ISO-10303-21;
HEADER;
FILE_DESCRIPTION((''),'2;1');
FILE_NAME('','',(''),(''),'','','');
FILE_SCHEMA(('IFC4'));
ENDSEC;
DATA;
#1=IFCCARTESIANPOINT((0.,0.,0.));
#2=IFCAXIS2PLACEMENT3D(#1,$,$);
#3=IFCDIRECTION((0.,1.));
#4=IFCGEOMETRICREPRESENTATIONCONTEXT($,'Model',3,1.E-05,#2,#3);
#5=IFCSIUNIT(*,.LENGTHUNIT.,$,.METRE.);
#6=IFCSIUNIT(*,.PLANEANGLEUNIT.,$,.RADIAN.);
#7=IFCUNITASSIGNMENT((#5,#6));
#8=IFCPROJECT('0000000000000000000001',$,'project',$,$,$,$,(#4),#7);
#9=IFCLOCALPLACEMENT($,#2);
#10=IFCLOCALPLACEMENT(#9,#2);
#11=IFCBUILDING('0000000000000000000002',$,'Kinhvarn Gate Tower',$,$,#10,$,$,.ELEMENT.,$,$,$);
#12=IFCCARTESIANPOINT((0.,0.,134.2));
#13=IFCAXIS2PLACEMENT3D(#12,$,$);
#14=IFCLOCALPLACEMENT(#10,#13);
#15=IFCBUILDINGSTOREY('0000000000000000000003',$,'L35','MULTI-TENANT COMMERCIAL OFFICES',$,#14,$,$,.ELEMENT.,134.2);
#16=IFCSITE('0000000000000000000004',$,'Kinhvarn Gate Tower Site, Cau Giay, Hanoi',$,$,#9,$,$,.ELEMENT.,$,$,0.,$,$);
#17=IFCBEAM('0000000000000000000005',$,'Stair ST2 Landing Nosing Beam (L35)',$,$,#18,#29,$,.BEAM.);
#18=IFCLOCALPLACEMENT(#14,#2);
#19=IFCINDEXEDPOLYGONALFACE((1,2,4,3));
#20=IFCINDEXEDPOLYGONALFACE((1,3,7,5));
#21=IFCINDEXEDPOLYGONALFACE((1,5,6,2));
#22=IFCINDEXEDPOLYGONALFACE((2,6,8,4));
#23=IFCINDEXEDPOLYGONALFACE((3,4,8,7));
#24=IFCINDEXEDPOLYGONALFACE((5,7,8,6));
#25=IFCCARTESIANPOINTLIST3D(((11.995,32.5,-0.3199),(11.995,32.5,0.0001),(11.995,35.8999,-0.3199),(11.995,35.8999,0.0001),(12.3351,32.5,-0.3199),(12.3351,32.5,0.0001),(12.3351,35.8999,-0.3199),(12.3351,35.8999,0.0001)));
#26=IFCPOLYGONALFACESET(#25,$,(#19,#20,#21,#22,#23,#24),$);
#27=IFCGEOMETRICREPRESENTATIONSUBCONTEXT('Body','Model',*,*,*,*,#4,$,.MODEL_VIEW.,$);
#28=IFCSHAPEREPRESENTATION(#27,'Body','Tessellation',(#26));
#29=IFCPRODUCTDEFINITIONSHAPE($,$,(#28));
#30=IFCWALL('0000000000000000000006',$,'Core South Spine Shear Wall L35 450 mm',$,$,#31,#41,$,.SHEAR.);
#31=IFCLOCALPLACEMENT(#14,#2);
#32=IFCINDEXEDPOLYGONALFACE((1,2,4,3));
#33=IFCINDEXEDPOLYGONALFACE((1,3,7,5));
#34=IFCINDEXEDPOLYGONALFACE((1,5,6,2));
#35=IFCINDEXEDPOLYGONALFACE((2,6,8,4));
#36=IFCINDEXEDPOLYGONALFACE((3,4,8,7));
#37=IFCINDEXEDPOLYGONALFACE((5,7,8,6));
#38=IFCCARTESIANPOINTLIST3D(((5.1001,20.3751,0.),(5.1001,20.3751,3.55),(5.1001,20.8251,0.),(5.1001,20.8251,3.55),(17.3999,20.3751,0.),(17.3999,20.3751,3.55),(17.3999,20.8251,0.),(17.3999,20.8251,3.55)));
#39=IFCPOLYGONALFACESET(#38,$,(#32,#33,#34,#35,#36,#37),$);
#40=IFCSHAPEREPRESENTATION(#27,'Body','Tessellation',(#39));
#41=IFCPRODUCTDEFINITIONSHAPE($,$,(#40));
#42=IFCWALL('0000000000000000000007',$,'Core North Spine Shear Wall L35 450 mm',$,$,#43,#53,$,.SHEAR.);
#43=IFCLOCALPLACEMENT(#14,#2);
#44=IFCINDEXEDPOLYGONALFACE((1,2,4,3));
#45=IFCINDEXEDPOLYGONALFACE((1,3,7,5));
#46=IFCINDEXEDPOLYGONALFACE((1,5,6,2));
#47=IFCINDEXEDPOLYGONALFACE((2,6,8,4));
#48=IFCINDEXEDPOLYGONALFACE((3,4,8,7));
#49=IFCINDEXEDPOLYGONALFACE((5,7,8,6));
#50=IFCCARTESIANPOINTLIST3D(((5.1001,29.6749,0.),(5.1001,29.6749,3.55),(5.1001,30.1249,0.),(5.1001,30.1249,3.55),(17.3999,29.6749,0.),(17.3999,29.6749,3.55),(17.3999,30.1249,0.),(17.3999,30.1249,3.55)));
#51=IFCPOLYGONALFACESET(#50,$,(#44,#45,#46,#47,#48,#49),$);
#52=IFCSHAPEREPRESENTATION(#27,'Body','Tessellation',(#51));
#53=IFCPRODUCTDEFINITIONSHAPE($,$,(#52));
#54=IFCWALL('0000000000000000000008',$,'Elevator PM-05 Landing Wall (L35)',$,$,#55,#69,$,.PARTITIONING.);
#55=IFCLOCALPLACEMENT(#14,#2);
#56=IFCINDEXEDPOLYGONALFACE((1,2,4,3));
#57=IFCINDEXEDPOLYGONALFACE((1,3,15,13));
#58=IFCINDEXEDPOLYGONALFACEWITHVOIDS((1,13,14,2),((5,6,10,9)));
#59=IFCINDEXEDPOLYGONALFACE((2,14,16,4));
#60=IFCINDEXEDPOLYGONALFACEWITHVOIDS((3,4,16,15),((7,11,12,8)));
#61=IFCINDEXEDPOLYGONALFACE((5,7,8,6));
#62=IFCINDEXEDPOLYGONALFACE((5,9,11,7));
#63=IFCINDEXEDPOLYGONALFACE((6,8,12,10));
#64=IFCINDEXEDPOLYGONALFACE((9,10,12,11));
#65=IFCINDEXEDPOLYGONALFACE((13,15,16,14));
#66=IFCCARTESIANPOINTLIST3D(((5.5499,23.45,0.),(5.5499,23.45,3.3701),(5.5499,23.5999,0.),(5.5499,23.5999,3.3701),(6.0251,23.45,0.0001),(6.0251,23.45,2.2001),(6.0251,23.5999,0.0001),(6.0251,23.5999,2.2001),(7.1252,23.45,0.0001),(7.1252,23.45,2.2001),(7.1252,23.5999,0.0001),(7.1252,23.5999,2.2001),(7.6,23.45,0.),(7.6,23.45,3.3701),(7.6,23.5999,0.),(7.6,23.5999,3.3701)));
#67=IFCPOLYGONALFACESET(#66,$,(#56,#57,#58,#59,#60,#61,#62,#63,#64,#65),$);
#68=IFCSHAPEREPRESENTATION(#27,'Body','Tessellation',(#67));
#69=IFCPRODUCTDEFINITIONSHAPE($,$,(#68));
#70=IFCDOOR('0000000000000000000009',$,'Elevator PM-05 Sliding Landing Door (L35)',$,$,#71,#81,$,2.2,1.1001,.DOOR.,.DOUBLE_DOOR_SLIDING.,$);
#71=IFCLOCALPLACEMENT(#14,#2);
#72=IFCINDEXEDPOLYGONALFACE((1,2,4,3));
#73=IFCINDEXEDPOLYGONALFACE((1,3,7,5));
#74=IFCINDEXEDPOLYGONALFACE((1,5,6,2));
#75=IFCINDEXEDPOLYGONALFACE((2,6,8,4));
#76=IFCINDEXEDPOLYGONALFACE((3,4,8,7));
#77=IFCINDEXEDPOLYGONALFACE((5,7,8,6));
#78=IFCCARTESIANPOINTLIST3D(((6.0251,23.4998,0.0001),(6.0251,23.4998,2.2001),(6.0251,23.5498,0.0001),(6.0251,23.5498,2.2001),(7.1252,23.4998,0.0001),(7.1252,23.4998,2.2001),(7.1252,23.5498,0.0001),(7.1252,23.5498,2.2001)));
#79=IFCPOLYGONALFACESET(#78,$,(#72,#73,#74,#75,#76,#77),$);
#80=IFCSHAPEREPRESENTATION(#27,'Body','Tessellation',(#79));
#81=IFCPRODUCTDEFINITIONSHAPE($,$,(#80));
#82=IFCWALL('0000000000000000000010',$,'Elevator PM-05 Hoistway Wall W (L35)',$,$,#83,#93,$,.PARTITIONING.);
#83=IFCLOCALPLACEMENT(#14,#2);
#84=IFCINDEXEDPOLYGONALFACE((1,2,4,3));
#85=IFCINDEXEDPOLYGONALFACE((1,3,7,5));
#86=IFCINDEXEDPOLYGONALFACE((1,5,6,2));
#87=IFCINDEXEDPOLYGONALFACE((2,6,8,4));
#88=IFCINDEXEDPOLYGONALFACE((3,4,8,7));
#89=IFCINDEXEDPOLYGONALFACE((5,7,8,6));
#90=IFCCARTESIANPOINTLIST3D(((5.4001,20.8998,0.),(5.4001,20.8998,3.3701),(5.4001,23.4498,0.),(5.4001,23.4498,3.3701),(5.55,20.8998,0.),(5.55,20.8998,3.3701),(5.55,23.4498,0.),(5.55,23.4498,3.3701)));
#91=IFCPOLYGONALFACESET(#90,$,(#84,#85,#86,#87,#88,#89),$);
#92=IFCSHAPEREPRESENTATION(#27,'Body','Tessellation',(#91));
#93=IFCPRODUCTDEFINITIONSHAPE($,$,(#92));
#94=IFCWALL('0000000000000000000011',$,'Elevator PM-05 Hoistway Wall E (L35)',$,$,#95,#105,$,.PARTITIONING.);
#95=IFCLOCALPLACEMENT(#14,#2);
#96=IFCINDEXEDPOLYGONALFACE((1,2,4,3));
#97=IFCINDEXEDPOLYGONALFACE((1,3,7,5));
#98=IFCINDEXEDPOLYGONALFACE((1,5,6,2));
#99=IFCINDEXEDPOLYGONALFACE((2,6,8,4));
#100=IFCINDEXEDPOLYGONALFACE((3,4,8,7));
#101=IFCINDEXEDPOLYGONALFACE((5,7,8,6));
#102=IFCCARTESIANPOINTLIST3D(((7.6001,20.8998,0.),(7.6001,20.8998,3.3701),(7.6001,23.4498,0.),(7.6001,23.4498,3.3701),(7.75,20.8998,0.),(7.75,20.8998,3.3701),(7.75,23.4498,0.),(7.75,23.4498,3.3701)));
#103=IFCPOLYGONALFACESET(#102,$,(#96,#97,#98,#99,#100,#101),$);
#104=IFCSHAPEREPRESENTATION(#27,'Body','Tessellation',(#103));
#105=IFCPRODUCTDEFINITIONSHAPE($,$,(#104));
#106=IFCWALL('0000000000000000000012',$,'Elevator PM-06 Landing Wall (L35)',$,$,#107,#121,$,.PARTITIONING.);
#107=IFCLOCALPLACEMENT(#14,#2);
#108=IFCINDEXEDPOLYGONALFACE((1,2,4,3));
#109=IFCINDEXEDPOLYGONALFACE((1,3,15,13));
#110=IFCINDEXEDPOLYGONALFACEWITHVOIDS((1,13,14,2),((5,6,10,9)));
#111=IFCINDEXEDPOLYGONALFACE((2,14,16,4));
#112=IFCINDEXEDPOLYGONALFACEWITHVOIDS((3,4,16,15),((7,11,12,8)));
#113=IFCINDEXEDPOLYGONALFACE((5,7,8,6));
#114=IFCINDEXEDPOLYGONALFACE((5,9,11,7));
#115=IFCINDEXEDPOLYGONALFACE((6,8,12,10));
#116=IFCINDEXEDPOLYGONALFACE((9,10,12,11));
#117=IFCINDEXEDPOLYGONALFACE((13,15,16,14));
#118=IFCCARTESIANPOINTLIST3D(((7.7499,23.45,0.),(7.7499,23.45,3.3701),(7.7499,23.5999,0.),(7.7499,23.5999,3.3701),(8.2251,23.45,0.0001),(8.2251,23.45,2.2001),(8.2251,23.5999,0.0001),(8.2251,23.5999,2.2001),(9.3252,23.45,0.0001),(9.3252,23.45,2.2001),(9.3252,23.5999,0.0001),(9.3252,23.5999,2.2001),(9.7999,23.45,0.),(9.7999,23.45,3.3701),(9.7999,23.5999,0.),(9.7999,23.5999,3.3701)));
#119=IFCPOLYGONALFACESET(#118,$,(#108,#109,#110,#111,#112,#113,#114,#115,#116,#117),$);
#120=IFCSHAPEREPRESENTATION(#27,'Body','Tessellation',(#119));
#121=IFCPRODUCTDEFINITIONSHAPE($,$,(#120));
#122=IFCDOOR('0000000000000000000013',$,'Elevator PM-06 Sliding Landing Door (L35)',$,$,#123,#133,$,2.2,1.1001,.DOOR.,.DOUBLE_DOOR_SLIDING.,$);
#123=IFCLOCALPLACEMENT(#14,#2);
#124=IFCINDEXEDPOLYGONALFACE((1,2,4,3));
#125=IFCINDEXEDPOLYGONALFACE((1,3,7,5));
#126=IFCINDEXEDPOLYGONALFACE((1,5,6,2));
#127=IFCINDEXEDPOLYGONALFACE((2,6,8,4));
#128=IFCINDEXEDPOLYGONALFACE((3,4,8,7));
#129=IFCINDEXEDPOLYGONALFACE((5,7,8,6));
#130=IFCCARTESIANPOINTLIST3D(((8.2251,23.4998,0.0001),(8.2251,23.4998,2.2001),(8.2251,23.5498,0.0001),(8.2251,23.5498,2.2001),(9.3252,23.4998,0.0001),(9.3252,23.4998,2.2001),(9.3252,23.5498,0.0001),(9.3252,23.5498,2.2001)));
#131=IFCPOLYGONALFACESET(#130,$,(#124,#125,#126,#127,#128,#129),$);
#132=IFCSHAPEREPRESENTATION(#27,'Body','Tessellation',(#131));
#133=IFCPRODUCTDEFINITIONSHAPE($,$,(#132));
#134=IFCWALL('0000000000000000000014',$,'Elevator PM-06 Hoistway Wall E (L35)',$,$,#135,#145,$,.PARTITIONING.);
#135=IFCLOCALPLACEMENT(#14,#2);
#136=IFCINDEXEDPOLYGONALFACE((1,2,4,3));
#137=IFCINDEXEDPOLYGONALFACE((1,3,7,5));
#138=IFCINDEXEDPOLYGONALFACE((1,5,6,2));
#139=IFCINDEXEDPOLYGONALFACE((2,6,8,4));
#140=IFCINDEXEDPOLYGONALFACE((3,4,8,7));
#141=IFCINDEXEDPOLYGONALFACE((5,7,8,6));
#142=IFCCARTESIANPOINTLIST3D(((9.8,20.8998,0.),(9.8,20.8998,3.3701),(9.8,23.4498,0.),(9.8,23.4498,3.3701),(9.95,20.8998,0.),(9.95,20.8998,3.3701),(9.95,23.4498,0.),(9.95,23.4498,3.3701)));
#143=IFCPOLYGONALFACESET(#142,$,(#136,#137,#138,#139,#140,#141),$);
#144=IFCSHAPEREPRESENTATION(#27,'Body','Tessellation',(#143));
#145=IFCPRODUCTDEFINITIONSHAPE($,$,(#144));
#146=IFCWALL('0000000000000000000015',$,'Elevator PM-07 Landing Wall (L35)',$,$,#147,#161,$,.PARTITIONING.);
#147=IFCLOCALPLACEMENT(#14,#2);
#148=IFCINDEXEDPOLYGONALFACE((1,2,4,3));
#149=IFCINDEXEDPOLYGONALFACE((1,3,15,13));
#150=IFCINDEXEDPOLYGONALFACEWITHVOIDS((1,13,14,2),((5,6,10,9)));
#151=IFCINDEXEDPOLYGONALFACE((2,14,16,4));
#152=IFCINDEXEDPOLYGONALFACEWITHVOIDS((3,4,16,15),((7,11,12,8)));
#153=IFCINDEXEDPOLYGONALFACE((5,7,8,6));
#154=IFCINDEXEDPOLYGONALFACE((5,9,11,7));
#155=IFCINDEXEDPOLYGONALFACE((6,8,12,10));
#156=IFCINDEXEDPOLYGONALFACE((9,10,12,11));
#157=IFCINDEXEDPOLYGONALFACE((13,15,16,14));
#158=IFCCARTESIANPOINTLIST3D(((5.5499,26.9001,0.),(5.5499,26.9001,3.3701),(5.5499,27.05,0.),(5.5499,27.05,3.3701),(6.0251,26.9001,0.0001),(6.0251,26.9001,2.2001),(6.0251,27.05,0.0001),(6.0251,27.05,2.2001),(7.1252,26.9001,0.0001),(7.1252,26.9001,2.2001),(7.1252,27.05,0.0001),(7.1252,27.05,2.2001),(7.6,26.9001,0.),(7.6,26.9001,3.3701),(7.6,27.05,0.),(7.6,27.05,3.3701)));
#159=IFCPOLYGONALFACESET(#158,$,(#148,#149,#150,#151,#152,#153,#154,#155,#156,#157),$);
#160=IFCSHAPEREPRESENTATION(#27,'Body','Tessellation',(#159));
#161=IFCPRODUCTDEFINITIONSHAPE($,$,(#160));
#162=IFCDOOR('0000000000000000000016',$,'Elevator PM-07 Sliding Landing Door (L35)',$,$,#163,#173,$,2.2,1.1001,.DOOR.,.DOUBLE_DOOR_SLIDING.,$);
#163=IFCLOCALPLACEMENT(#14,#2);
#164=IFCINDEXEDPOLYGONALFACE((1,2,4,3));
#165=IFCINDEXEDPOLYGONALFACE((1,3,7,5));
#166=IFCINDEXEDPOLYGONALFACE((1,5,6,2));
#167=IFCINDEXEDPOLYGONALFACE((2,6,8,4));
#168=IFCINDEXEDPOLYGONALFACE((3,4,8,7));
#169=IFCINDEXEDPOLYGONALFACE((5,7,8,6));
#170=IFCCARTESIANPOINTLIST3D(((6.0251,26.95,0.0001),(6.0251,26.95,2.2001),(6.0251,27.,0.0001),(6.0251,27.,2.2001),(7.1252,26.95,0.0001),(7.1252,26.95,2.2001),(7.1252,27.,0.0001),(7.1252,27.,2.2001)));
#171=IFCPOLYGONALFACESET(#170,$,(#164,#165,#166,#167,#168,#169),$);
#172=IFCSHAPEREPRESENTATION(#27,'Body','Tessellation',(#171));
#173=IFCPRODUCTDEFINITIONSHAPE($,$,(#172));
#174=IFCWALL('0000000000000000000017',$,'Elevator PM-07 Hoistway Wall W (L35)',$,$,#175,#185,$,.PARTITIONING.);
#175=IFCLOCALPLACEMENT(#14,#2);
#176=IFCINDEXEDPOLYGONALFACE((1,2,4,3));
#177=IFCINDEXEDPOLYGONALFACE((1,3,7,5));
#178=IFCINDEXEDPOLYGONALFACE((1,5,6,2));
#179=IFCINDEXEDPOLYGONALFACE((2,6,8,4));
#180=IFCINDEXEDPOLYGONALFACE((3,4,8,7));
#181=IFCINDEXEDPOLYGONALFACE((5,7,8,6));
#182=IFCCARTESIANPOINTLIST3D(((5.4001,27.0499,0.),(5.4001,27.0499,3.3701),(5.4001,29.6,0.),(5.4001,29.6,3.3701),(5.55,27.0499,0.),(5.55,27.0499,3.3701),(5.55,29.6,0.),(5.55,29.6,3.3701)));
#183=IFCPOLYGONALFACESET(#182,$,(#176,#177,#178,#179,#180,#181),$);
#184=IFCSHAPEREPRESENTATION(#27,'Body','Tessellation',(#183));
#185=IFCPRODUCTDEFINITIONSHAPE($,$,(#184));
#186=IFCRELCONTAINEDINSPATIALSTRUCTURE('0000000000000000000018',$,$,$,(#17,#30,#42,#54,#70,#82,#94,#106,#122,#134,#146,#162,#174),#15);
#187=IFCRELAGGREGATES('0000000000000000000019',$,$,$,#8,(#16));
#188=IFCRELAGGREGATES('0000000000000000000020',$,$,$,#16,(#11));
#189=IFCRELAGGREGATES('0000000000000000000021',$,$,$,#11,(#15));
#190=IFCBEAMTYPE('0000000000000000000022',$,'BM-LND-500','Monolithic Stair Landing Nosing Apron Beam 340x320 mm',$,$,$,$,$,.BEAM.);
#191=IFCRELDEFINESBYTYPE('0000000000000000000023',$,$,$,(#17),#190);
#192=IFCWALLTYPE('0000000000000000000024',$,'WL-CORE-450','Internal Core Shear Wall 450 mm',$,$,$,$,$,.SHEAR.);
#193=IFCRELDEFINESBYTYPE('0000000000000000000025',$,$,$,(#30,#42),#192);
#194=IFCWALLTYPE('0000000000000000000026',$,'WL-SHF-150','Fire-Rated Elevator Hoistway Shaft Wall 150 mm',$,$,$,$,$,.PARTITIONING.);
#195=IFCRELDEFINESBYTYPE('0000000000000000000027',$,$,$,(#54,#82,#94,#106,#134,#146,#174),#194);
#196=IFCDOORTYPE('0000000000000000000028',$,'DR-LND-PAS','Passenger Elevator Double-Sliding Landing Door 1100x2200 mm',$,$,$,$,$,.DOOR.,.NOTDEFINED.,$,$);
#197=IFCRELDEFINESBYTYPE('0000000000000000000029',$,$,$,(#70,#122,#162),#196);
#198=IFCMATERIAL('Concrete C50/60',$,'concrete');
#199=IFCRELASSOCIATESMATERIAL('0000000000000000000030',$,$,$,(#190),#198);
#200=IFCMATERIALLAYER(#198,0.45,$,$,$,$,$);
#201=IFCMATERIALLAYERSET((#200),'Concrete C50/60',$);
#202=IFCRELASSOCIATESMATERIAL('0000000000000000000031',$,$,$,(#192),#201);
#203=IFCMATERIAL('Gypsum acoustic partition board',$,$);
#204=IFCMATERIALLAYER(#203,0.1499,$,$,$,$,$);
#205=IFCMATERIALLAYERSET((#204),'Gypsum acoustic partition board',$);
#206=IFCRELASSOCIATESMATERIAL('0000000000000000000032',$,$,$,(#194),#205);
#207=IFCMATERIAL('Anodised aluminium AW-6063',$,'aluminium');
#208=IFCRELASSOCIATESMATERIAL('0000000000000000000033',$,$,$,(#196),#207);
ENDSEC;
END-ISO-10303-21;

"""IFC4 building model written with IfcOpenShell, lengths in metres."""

from ifc_helpers import new_model, si_unit, direction, frame, frame_2d, origin, origin_2d, place, context, subcontext, project, spatial, rectangle, extrude, material, layer, layer_set, material_profile, profile_set, type_object, element, fill, save


model = new_model("IFC4")

# Units and contexts
model_context = context("Model", 3, precision=1e-05, world=origin(), true_north=direction((0.0, 1.0)))
body_context = subcontext(model_context, "Body", "Model", "MODEL_VIEW")
ifc_project = project(units=[si_unit("LENGTHUNIT", "METRE"), si_unit("PLANEANGLEUNIT", "RADIAN")], contexts=[model_context])

# Site, building, storey
site_placement = place(None, origin())
site = spatial("IfcSite", under=ifc_project, at=site_placement, Name="Kinhvarn Gate Tower Site, Cau Giay, Hanoi", CompositionType="ELEMENT", RefElevation=0.0)
building_placement = place(site_placement, origin())
building = spatial("IfcBuilding", under=site, at=building_placement, Name="Kinhvarn Gate Tower", CompositionType="ELEMENT")
storey_placement = place(building_placement, frame((0.0, 0.0, 134.2)))
storey = spatial("IfcBuildingStorey", under=building, at=storey_placement, Name="L35", Description="MULTI-TENANT COMMERCIAL OFFICES", CompositionType="ELEMENT", Elevation=134.2)

# Beam
ifc_material_1 = material(Name="Concrete C50/60", Category="concrete")
ifc_material_profile = material_profile(ifc_material_1, rectangle(XDim=0.3401, YDim=0.3201, at=origin_2d()), Name="RC 340x320")
ifc_profile_set = profile_set([ifc_material_profile], Name="Concrete C50/60")
beam_type = type_object("IfcBeamType", Name="BM-LND-500", Description="Monolithic Stair Landing Nosing Apron Beam 340x320 mm", PredefinedType="BEAM", material=ifc_profile_set)
beam_placement = place(storey_placement, frame((12.165, 32.5, -0.1599), z_axis=(0.0, 1.0, 0.0), x_axis=(-1.0, 0.0, 0.0)))
element("IfcBeam", 1, at=beam_placement, inside=storey, type_object=beam_type, Name="Stair ST2 Landing Nosing Beam (L35)", PredefinedType="BEAM", context=body_context, shape_type="SweptSolid", body=[
    extrude(rectangle(XDim=0.3401, YDim=0.3201, at=origin_2d()), origin(), (0.0, 0.0, 1.0), 3.3999),
])

# Walls
ifc_layer_1 = layer(ifc_material_1, 0.45)
ifc_layer_set_1 = layer_set([ifc_layer_1], Name="Concrete C50/60")
wall_type_1 = type_object("IfcWallType", Name="WL-CORE-450", Description="Internal Core Shear Wall 450 mm", PredefinedType="SHEAR", material=ifc_layer_set_1)
for number, where, z_axis, x_axis, name in (
    (2, (5.1001, 20.6001, 0.0), (0.0, 0.0, 1.0), (1.0, 0.0, 0.0), "Core South Spine Shear Wall L35 450 mm"),
    (3, (5.1001, 29.8999, 0.0), (0.0, 0.0, 1.0), (1.0, 0.0, 0.0), "Core North Spine Shear Wall L35 450 mm"),
):
    element("IfcWall", number, at=place(storey_placement, frame(where, z_axis=z_axis, x_axis=x_axis)), inside=storey, type_object=wall_type_1, Name=name, PredefinedType="SHEAR", context=body_context, shape_type="SweptSolid", body=[
        extrude(rectangle(XDim=12.2998, YDim=0.45, at=frame_2d((6.1499, 0.0))), origin(), (0.0, 0.0, 1.0), 3.55),
    ])

# Wall, opening, door
ifc_material_2 = material(Name="Gypsum acoustic partition board")
ifc_layer_2 = layer(ifc_material_2, 0.1499)
ifc_layer_set_2 = layer_set([ifc_layer_2], Name="Gypsum acoustic partition board")
wall_type_2 = type_object("IfcWallType", Name="WL-SHF-150", Description="Fire-Rated Elevator Hoistway Shaft Wall 150 mm", PredefinedType="PARTITIONING", material=ifc_layer_set_2)
wall_1_placement = place(storey_placement, frame((5.55, 23.5249, 0.0), z_axis=(0.0, 0.0, 1.0), x_axis=(1.0, 0.0, 0.0)))
wall_1 = element("IfcWall", 4, at=wall_1_placement, inside=storey, type_object=wall_type_2, Name="Elevator PM-05 Landing Wall (L35)", PredefinedType="PARTITIONING", context=body_context, shape_type="SweptSolid", body=[
    extrude(rectangle(XDim=2.05, YDim=0.1499, at=frame_2d((1.0249, 0.0))), origin(), (0.0, 0.0, 1.0), 3.3701),
])
opening_1_placement = place(wall_1_placement, frame((0.4751, 0.0, 0.0)))
opening_1 = element("IfcOpeningElement", 5, at=opening_1_placement, cuts=wall_1, PredefinedType="OPENING", context=body_context, shape_type="SweptSolid", body=[
    extrude(rectangle(XDim=1.1001, YDim=2.2, at=frame_2d((0.55, 1.1001))), frame((0.0, 0.085, 0.0), z_axis=(0.0, -1.0, 0.0), x_axis=(1.0, 0.0, 0.0)), (0.0, 0.0, 1.0), 0.1699),
])
ifc_material_3 = material(Name="Anodised aluminium AW-6063", Category="aluminium")
door_type_1 = type_object("IfcDoorType", Name="DR-LND-PAS", Description="Passenger Elevator Double-Sliding Landing Door 1100x2200 mm", OperationType="NOTDEFINED", PredefinedType="DOOR", material=ifc_material_3)
door_1_placement = place(opening_1_placement, origin())
door_1 = element("IfcDoor", 6, at=door_1_placement, inside=storey, type_object=door_type_1, Name="Elevator PM-05 Sliding Landing Door (L35)", OperationType="DOUBLE_DOOR_SLIDING", OverallHeight=2.2, OverallWidth=1.1001, PredefinedType="DOOR", context=body_context, shape_type="SweptSolid", body=[
    extrude(rectangle(XDim=1.1001, YDim=2.2, at=frame_2d((0.55, 1.1001))), frame((0.0, 0.0249, 0.0), z_axis=(0.0, -1.0, 0.0), x_axis=(1.0, 0.0, 0.0)), (0.0, 0.0, 1.0), 0.05),
])
fill(opening_1, door_1)

# Walls
for number, where, z_axis, x_axis, name in (
    (7, (5.4751, 20.8999, 0.0), (0.0, 0.0, 1.0), (0.0, 1.0, 0.0), "Elevator PM-05 Hoistway Wall W (L35)"),
    (8, (7.675, 20.8999, 0.0), (0.0, 0.0, 1.0), (0.0, 1.0, 0.0), "Elevator PM-05 Hoistway Wall E (L35)"),
):
    element("IfcWall", number, at=place(storey_placement, frame(where, z_axis=z_axis, x_axis=x_axis)), inside=storey, type_object=wall_type_2, Name=name, PredefinedType="PARTITIONING", context=body_context, shape_type="SweptSolid", body=[
        extrude(rectangle(XDim=2.55, YDim=0.1499, at=frame_2d((1.2749, 0.0))), origin(), (0.0, 0.0, 1.0), 3.3701),
    ])

# Wall, opening, door
wall_2_placement = place(storey_placement, frame((7.75, 23.5249, 0.0), z_axis=(0.0, 0.0, 1.0), x_axis=(1.0, 0.0, 0.0)))
wall_2 = element("IfcWall", 9, at=wall_2_placement, inside=storey, type_object=wall_type_2, Name="Elevator PM-06 Landing Wall (L35)", PredefinedType="PARTITIONING", context=body_context, shape_type="SweptSolid", body=[
    extrude(rectangle(XDim=2.05, YDim=0.1499, at=frame_2d((1.0249, 0.0))), origin(), (0.0, 0.0, 1.0), 3.3701),
])
opening_2_placement = place(wall_2_placement, frame((0.4751, 0.0, 0.0)))
opening_2 = element("IfcOpeningElement", 10, at=opening_2_placement, cuts=wall_2, PredefinedType="OPENING", context=body_context, shape_type="SweptSolid", body=[
    extrude(rectangle(XDim=1.1001, YDim=2.2, at=frame_2d((0.55, 1.1001))), frame((0.0, 0.085, 0.0), z_axis=(0.0, -1.0, 0.0), x_axis=(1.0, 0.0, 0.0)), (0.0, 0.0, 1.0), 0.1699),
])
door_2_placement = place(opening_2_placement, origin())
door_2 = element("IfcDoor", 11, at=door_2_placement, inside=storey, type_object=door_type_1, Name="Elevator PM-06 Sliding Landing Door (L35)", OperationType="DOUBLE_DOOR_SLIDING", OverallHeight=2.2, OverallWidth=1.1001, PredefinedType="DOOR", context=body_context, shape_type="SweptSolid", body=[
    extrude(rectangle(XDim=1.1001, YDim=2.2, at=frame_2d((0.55, 1.1001))), frame((0.0, 0.0249, 0.0), z_axis=(0.0, -1.0, 0.0), x_axis=(1.0, 0.0, 0.0)), (0.0, 0.0, 1.0), 0.05),
])
fill(opening_2, door_2)

# Wall
wall_3_placement = place(storey_placement, frame((9.875, 20.8999, 0.0), z_axis=(0.0, 0.0, 1.0), x_axis=(0.0, 1.0, 0.0)))
element("IfcWall", 12, at=wall_3_placement, inside=storey, type_object=wall_type_2, Name="Elevator PM-06 Hoistway Wall E (L35)", PredefinedType="PARTITIONING", context=body_context, shape_type="SweptSolid", body=[
    extrude(rectangle(XDim=2.55, YDim=0.1499, at=frame_2d((1.2749, 0.0))), origin(), (0.0, 0.0, 1.0), 3.3701),
])

# Wall, opening, door
wall_4_placement = place(storey_placement, frame((5.55, 26.9751, 0.0), z_axis=(0.0, 0.0, 1.0), x_axis=(1.0, 0.0, 0.0)))
wall_4 = element("IfcWall", 13, at=wall_4_placement, inside=storey, type_object=wall_type_2, Name="Elevator PM-07 Landing Wall (L35)", PredefinedType="PARTITIONING", context=body_context, shape_type="SweptSolid", body=[
    extrude(rectangle(XDim=2.05, YDim=0.1499, at=frame_2d((1.0249, 0.0))), origin(), (0.0, 0.0, 1.0), 3.3701),
])
opening_3_placement = place(wall_4_placement, frame((0.4751, 0.0, 0.0)))
opening_3 = element("IfcOpeningElement", 14, at=opening_3_placement, cuts=wall_4, PredefinedType="OPENING", context=body_context, shape_type="SweptSolid", body=[
    extrude(rectangle(XDim=1.1001, YDim=2.2, at=frame_2d((0.55, 1.1001))), frame((0.0, 0.085, 0.0), z_axis=(0.0, -1.0, 0.0), x_axis=(1.0, 0.0, 0.0)), (0.0, 0.0, 1.0), 0.1699),
])
door_3_placement = place(opening_3_placement, origin())
door_3 = element("IfcDoor", 15, at=door_3_placement, inside=storey, type_object=door_type_1, Name="Elevator PM-07 Sliding Landing Door (L35)", OperationType="DOUBLE_DOOR_SLIDING", OverallHeight=2.2, OverallWidth=1.1001, PredefinedType="DOOR", context=body_context, shape_type="SweptSolid", body=[
    extrude(rectangle(XDim=1.1001, YDim=2.2, at=frame_2d((0.55, 1.1001))), frame((0.0, 0.0249, 0.0), z_axis=(0.0, -1.0, 0.0), x_axis=(1.0, 0.0, 0.0)), (0.0, 0.0, 1.0), 0.05),
])
fill(opening_3, door_3)

# Wall
for number, where, z_axis, x_axis, name in (
    (16, (5.4751, 27.05, 0.0), (0.0, 0.0, 1.0), (0.0, 1.0, 0.0), "Elevator PM-07 Hoistway Wall W (L35)"),
):
    element("IfcWall", number, at=place(storey_placement, frame(where, z_axis=z_axis, x_axis=x_axis)), inside=storey, type_object=wall_type_2, Name=name, PredefinedType="PARTITIONING", context=body_context, shape_type="SweptSolid", body=[
        extrude(rectangle(XDim=2.55, YDim=0.1499, at=frame_2d((1.2749, 0.0))), origin(), (0.0, 0.0, 1.0), 3.3701),
    ])

save(model, "model.ifc")
